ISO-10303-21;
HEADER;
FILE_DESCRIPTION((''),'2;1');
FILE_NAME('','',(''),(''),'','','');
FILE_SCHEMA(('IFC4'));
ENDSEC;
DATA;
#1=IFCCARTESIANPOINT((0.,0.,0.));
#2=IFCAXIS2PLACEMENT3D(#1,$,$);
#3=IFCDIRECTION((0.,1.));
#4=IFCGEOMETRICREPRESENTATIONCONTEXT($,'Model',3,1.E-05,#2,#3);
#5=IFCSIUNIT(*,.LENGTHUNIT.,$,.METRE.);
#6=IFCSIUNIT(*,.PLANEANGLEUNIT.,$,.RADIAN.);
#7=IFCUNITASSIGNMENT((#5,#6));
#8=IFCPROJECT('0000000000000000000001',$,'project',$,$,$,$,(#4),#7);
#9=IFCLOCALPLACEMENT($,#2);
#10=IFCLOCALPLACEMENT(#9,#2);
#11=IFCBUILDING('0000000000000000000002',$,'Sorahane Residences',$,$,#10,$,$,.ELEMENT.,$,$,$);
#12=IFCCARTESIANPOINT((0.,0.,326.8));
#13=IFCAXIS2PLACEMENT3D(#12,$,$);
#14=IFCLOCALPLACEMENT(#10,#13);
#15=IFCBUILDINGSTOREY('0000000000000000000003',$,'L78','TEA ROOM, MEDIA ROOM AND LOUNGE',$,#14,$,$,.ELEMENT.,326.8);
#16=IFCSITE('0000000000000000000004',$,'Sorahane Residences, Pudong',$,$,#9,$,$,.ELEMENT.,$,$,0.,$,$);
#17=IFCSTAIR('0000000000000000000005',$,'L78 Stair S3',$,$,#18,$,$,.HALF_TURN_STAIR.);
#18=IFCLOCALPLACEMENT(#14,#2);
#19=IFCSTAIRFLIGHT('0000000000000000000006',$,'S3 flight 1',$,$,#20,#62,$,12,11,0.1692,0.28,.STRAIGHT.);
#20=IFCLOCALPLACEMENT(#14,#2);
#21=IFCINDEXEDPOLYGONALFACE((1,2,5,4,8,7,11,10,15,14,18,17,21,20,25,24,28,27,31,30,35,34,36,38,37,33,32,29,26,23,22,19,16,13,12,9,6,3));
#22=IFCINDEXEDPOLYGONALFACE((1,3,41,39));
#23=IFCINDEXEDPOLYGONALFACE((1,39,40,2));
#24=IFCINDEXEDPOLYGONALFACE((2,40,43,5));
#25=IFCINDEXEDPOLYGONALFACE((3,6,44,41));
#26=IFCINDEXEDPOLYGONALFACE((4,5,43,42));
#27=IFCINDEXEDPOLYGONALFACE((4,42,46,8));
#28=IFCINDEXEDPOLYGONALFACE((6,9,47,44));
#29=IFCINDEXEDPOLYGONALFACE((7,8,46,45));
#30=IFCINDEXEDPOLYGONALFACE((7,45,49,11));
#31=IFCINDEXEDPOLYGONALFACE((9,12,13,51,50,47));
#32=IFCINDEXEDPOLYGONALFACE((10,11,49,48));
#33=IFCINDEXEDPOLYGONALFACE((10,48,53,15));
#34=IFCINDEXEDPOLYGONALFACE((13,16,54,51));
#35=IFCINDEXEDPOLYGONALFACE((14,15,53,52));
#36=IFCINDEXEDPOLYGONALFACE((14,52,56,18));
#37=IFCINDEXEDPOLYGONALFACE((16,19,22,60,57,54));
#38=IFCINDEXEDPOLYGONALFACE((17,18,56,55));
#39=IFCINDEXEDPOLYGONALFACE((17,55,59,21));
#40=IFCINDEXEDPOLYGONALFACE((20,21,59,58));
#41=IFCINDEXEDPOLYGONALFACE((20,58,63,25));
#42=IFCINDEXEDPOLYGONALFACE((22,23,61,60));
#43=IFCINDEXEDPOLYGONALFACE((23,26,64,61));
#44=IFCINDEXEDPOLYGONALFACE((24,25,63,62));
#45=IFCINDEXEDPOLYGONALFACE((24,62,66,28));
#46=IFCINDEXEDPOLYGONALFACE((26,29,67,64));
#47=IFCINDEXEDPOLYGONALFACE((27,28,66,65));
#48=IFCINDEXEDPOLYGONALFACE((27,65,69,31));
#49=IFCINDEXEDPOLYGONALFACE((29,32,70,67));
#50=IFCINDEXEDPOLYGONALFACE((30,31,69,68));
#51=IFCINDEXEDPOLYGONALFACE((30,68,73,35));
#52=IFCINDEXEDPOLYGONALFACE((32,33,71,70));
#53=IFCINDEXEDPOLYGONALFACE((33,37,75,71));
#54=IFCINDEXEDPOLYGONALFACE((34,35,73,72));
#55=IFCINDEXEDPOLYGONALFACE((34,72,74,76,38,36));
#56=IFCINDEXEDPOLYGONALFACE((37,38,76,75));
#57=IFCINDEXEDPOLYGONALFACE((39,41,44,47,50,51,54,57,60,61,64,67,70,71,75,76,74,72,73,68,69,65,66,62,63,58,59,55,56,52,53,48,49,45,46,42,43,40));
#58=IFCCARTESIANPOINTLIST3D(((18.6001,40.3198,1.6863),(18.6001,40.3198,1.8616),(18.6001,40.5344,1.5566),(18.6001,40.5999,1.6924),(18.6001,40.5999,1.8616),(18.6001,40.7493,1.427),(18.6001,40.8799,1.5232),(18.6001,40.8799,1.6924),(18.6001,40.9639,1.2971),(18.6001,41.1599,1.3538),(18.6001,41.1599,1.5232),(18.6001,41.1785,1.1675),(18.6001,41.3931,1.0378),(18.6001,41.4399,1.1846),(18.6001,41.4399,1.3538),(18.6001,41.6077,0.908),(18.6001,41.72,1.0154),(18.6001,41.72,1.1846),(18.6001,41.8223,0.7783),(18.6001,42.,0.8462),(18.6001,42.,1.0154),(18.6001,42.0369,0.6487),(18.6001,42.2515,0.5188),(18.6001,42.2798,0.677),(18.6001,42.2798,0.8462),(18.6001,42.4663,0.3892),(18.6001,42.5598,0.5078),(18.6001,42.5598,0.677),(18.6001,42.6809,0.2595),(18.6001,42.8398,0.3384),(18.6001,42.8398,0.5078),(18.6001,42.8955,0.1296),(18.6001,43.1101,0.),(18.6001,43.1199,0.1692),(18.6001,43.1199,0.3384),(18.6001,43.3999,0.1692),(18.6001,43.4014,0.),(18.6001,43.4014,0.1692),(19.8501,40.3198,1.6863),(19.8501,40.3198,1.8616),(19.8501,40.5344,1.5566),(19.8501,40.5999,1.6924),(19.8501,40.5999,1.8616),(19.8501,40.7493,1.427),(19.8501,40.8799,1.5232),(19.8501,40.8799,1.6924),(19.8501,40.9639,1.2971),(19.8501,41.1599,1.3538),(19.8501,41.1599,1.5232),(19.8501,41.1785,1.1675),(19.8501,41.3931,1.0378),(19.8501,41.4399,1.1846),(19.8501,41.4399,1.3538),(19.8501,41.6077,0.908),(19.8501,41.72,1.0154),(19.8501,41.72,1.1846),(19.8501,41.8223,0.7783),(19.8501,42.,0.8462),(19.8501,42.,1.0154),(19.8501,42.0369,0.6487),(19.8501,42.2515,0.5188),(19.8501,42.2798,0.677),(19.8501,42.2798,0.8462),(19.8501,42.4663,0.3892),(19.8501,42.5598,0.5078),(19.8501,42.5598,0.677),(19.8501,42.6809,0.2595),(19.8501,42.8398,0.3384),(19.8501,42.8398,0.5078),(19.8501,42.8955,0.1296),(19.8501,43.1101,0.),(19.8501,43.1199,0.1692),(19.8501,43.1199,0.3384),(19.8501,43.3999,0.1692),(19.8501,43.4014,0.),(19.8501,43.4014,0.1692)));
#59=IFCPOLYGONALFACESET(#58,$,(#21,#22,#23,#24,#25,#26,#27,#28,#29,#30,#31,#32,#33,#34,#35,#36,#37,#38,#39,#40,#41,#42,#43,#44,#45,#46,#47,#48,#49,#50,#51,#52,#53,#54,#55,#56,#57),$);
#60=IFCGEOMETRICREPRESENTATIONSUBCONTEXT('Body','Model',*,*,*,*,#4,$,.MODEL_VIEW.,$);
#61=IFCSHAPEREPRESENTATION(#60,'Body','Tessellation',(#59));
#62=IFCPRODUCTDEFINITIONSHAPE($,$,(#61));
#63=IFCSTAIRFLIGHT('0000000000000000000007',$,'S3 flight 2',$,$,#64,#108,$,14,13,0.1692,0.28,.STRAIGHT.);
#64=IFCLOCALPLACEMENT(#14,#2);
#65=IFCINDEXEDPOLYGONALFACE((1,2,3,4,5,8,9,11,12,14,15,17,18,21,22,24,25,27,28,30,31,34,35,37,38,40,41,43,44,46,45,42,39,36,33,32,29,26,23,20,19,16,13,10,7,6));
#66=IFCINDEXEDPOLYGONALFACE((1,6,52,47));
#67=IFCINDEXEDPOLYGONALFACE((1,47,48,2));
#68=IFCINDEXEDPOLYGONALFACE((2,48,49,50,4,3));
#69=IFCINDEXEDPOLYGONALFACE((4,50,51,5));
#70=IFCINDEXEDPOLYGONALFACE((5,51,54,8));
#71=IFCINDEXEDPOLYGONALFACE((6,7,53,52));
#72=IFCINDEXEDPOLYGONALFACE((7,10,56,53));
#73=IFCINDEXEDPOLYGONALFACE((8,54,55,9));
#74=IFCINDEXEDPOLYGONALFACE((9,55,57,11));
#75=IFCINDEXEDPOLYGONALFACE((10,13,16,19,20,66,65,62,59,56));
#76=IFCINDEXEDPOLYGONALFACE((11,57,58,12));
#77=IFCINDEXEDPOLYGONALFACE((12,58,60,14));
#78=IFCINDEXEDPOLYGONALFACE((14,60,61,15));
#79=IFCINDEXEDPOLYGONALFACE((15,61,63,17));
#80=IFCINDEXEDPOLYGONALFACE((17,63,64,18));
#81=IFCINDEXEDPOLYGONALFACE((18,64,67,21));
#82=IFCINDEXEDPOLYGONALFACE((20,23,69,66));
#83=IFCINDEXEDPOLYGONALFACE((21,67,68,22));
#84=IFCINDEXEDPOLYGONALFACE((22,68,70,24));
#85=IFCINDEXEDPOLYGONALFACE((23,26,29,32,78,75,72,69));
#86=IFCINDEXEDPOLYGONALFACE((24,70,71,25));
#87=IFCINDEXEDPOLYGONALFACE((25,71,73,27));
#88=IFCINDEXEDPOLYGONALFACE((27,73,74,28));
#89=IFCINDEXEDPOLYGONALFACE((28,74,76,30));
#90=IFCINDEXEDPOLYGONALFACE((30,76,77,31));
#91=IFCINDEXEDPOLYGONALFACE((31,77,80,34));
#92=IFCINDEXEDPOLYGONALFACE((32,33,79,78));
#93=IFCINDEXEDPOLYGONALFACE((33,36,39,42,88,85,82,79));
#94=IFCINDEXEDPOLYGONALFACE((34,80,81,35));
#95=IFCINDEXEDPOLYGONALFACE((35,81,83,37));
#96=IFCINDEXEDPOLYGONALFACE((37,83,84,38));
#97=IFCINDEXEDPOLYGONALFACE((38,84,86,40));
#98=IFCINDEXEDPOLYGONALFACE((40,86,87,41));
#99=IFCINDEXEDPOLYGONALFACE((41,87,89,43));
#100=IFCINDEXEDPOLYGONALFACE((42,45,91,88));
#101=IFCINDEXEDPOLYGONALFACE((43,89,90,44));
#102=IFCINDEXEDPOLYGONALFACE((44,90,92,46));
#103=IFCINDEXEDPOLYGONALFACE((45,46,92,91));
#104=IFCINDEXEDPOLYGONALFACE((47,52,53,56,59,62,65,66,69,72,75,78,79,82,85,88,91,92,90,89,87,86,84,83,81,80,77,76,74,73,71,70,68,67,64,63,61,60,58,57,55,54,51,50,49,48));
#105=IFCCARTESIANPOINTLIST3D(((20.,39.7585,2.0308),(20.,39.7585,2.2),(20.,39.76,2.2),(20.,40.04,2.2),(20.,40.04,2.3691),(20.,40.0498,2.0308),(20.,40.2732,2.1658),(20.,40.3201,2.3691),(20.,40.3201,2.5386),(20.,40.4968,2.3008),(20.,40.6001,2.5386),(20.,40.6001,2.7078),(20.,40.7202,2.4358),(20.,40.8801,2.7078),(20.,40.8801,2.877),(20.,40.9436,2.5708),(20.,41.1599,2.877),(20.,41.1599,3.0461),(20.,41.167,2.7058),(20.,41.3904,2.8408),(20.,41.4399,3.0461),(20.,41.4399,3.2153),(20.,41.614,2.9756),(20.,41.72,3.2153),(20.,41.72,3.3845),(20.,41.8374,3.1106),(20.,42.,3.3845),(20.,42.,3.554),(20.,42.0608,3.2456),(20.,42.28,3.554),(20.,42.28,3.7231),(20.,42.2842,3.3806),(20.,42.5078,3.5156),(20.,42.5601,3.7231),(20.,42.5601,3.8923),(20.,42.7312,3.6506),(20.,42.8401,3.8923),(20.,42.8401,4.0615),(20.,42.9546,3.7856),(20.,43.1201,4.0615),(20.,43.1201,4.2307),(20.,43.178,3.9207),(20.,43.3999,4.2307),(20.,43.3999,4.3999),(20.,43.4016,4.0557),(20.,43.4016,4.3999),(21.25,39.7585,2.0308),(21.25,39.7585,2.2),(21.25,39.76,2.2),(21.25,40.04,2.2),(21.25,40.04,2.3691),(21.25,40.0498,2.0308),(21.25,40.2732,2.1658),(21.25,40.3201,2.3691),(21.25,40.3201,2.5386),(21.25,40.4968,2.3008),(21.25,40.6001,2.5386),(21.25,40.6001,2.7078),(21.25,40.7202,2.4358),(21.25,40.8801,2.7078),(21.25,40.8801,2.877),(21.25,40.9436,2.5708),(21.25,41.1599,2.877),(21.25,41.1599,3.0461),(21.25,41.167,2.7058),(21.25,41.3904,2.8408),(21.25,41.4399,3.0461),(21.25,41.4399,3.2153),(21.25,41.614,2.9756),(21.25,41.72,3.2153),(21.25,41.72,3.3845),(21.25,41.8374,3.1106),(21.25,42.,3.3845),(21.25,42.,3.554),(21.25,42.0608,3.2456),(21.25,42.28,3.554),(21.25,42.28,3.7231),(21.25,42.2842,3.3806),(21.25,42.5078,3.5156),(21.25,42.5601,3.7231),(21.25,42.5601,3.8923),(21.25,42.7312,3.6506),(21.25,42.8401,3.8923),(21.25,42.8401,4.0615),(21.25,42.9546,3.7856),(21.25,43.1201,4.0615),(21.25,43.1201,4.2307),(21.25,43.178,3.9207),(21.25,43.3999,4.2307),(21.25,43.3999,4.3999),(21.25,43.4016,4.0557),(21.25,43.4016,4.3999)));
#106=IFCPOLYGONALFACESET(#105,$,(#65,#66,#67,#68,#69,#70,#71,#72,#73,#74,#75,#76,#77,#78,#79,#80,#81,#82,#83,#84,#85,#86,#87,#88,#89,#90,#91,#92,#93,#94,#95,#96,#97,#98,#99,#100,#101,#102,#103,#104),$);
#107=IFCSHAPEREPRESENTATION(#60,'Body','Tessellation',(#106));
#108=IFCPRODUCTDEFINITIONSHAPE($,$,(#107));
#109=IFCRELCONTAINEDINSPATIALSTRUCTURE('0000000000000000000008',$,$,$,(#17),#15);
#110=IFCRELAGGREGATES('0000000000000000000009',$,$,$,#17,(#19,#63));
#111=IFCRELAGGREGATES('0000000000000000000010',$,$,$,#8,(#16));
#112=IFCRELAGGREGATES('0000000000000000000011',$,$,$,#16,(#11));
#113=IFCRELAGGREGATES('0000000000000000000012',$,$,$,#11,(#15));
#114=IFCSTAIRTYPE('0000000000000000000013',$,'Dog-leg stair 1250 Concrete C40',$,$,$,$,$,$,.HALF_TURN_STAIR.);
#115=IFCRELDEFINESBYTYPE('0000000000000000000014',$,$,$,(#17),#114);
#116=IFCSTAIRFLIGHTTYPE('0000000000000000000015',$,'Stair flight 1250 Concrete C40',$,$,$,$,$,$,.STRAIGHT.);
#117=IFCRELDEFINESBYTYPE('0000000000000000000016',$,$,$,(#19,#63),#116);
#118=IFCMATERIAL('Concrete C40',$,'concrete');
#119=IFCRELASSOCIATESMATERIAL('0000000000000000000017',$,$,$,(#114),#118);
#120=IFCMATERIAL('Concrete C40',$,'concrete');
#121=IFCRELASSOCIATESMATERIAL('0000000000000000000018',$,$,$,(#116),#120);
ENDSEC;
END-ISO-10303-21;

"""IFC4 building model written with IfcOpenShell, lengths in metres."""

from ifc_helpers import new_model, si_unit, direction, frame, origin, place, context, subcontext, project, spatial, polyline, outline, extrude, material, type_object, element, aggregate, save


model = new_model("IFC4")

# Units and contexts
model_context = context("Model", 3, precision=1e-05, world=origin(), true_north=direction((0.0, 1.0)))
body_context = subcontext(model_context, "Body", "Model", "MODEL_VIEW")
ifc_project = project(units=[si_unit("LENGTHUNIT", "METRE"), si_unit("PLANEANGLEUNIT", "RADIAN")], contexts=[model_context])

# Site, building, storey
site_placement = place(None, origin())
site = spatial("IfcSite", under=ifc_project, at=site_placement, Name="Sorahane Residences, Pudong", CompositionType="ELEMENT", RefElevation=0.0)
building_placement = place(site_placement, origin())
building = spatial("IfcBuilding", under=site, at=building_placement, Name="Sorahane Residences", CompositionType="ELEMENT")
storey_placement = place(building_placement, frame((0.0, 0.0, 326.8)))
storey = spatial("IfcBuildingStorey", under=building, at=storey_placement, Name="L78", Description="TEA ROOM, MEDIA ROOM AND LOUNGE", CompositionType="ELEMENT", Elevation=326.8)

# Stair, stair flights
ifc_material_1 = material(Name="Concrete C40", Category="concrete")
stair_type = type_object("IfcStairType", Name="Dog-leg stair 1250 Concrete C40", PredefinedType="HALF_TURN_STAIR", material=ifc_material_1)
stair_placement = place(storey_placement, origin())
stair = element("IfcStair", 1, at=stair_placement, inside=storey, type_object=stair_type, Name="L78 Stair S3", PredefinedType="HALF_TURN_STAIR")
ifc_material_2 = material(Name="Concrete C40", Category="concrete")
stair_flight_type = type_object("IfcStairFlightType", Name="Stair flight 1250 Concrete C40", PredefinedType="STRAIGHT", material=ifc_material_2)
stair_flight_1_placement = place(storey_placement, frame((19.2251, 43.3999, 0.0), z_axis=(0.0, 0.0, 1.0), x_axis=(0.0, -1.0, 0.0)))
stair_flight_1 = element("IfcStairFlight", 2, at=stair_flight_1_placement, type_object=stair_flight_type, Name="S3 flight 1", NumberOfRisers=12, NumberOfTreads=11, PredefinedType="STRAIGHT", RiserHeight=0.1692, TreadLength=0.28, context=body_context, shape_type="SweptSolid", body=[
    extrude(outline(polyline([(-0.0015, 0.0), (-0.0015, 0.1692), (0.0, 0.1692), (0.28, 0.1692), (0.28, 0.3384), (0.5601, 0.3384), (0.5601, 0.5078), (0.8401, 0.5078), (0.8401, 0.677), (1.1201, 0.677), (1.1201, 0.8462), (1.3999, 0.8462), (1.3999, 1.0154), (1.6799, 1.0154), (1.6799, 1.1846), (1.96, 1.1846), (1.96, 1.3538), (2.24, 1.3538), (2.24, 1.5232), (2.52, 1.5232), (2.52, 1.6924), (2.8, 1.6924), (2.8, 1.8616), (3.0801, 1.8616), (3.0801, 2.0308), (3.0801, 1.6863), (2.8655, 1.5566), (2.6506, 1.427), (2.436, 1.2971), (2.2214, 1.1675), (2.0068, 1.0378), (1.7922, 0.908), (1.5776, 0.7783), (1.363, 0.6487), (1.1484, 0.5188), (0.9336, 0.3892), (0.719, 0.2595), (0.5044, 0.1296), (0.2898, 0.0), (-0.0015, 0.0)])), frame((0.0, 0.625, 0.0), z_axis=(0.0, -1.0, 0.0), x_axis=(1.0, 0.0, 0.0)), (0.0, 0.0, 1.0), 1.25),
])
stair_flight_2_placement = place(storey_placement, frame((20.625, 39.76, 2.0308), z_axis=(0.0, 0.0, 1.0), x_axis=(0.0, 1.0, 0.0)))
stair_flight_2 = element("IfcStairFlight", 3, at=stair_flight_2_placement, type_object=stair_flight_type, Name="S3 flight 2", NumberOfRisers=14, NumberOfTreads=13, PredefinedType="STRAIGHT", RiserHeight=0.1692, TreadLength=0.28, context=body_context, shape_type="SweptSolid", body=[
    extrude(outline(polyline([(-0.0015, 0.0), (-0.0015, 0.1692), (0.0, 0.1692), (0.28, 0.1692), (0.28, 0.3384), (0.5601, 0.3384), (0.5601, 0.5078), (0.8401, 0.5078), (0.8401, 0.677), (1.1201, 0.677), (1.1201, 0.8462), (1.3999, 0.8462), (1.3999, 1.0154), (1.6799, 1.0154), (1.6799, 1.1846), (1.96, 1.1846), (1.96, 1.3538), (2.24, 1.3538), (2.24, 1.5232), (2.52, 1.5232), (2.52, 1.6924), (2.8, 1.6924), (2.8, 1.8616), (3.0801, 1.8616), (3.0801, 2.0308), (3.3601, 2.0308), (3.3601, 2.2), (3.6399, 2.2), (3.6399, 2.3691), (3.6416, 2.3691), (3.6416, 2.0249), (3.418, 1.8899), (3.1946, 1.7549), (2.9712, 1.6199), (2.7478, 1.4849), (2.5242, 1.3499), (2.3008, 1.2148), (2.0774, 1.0798), (1.854, 0.9448), (1.6304, 0.8101), (1.407, 0.675), (1.1836, 0.54), (0.9602, 0.405), (0.7368, 0.27), (0.5132, 0.135), (0.2898, 0.0), (-0.0015, 0.0)])), frame((0.0, 0.625, 0.0), z_axis=(0.0, -1.0, 0.0), x_axis=(1.0, 0.0, 0.0)), (0.0, 0.0, 1.0), 1.25),
])
aggregate(stair, [stair_flight_1, stair_flight_2])

save(model, "model.ifc")
